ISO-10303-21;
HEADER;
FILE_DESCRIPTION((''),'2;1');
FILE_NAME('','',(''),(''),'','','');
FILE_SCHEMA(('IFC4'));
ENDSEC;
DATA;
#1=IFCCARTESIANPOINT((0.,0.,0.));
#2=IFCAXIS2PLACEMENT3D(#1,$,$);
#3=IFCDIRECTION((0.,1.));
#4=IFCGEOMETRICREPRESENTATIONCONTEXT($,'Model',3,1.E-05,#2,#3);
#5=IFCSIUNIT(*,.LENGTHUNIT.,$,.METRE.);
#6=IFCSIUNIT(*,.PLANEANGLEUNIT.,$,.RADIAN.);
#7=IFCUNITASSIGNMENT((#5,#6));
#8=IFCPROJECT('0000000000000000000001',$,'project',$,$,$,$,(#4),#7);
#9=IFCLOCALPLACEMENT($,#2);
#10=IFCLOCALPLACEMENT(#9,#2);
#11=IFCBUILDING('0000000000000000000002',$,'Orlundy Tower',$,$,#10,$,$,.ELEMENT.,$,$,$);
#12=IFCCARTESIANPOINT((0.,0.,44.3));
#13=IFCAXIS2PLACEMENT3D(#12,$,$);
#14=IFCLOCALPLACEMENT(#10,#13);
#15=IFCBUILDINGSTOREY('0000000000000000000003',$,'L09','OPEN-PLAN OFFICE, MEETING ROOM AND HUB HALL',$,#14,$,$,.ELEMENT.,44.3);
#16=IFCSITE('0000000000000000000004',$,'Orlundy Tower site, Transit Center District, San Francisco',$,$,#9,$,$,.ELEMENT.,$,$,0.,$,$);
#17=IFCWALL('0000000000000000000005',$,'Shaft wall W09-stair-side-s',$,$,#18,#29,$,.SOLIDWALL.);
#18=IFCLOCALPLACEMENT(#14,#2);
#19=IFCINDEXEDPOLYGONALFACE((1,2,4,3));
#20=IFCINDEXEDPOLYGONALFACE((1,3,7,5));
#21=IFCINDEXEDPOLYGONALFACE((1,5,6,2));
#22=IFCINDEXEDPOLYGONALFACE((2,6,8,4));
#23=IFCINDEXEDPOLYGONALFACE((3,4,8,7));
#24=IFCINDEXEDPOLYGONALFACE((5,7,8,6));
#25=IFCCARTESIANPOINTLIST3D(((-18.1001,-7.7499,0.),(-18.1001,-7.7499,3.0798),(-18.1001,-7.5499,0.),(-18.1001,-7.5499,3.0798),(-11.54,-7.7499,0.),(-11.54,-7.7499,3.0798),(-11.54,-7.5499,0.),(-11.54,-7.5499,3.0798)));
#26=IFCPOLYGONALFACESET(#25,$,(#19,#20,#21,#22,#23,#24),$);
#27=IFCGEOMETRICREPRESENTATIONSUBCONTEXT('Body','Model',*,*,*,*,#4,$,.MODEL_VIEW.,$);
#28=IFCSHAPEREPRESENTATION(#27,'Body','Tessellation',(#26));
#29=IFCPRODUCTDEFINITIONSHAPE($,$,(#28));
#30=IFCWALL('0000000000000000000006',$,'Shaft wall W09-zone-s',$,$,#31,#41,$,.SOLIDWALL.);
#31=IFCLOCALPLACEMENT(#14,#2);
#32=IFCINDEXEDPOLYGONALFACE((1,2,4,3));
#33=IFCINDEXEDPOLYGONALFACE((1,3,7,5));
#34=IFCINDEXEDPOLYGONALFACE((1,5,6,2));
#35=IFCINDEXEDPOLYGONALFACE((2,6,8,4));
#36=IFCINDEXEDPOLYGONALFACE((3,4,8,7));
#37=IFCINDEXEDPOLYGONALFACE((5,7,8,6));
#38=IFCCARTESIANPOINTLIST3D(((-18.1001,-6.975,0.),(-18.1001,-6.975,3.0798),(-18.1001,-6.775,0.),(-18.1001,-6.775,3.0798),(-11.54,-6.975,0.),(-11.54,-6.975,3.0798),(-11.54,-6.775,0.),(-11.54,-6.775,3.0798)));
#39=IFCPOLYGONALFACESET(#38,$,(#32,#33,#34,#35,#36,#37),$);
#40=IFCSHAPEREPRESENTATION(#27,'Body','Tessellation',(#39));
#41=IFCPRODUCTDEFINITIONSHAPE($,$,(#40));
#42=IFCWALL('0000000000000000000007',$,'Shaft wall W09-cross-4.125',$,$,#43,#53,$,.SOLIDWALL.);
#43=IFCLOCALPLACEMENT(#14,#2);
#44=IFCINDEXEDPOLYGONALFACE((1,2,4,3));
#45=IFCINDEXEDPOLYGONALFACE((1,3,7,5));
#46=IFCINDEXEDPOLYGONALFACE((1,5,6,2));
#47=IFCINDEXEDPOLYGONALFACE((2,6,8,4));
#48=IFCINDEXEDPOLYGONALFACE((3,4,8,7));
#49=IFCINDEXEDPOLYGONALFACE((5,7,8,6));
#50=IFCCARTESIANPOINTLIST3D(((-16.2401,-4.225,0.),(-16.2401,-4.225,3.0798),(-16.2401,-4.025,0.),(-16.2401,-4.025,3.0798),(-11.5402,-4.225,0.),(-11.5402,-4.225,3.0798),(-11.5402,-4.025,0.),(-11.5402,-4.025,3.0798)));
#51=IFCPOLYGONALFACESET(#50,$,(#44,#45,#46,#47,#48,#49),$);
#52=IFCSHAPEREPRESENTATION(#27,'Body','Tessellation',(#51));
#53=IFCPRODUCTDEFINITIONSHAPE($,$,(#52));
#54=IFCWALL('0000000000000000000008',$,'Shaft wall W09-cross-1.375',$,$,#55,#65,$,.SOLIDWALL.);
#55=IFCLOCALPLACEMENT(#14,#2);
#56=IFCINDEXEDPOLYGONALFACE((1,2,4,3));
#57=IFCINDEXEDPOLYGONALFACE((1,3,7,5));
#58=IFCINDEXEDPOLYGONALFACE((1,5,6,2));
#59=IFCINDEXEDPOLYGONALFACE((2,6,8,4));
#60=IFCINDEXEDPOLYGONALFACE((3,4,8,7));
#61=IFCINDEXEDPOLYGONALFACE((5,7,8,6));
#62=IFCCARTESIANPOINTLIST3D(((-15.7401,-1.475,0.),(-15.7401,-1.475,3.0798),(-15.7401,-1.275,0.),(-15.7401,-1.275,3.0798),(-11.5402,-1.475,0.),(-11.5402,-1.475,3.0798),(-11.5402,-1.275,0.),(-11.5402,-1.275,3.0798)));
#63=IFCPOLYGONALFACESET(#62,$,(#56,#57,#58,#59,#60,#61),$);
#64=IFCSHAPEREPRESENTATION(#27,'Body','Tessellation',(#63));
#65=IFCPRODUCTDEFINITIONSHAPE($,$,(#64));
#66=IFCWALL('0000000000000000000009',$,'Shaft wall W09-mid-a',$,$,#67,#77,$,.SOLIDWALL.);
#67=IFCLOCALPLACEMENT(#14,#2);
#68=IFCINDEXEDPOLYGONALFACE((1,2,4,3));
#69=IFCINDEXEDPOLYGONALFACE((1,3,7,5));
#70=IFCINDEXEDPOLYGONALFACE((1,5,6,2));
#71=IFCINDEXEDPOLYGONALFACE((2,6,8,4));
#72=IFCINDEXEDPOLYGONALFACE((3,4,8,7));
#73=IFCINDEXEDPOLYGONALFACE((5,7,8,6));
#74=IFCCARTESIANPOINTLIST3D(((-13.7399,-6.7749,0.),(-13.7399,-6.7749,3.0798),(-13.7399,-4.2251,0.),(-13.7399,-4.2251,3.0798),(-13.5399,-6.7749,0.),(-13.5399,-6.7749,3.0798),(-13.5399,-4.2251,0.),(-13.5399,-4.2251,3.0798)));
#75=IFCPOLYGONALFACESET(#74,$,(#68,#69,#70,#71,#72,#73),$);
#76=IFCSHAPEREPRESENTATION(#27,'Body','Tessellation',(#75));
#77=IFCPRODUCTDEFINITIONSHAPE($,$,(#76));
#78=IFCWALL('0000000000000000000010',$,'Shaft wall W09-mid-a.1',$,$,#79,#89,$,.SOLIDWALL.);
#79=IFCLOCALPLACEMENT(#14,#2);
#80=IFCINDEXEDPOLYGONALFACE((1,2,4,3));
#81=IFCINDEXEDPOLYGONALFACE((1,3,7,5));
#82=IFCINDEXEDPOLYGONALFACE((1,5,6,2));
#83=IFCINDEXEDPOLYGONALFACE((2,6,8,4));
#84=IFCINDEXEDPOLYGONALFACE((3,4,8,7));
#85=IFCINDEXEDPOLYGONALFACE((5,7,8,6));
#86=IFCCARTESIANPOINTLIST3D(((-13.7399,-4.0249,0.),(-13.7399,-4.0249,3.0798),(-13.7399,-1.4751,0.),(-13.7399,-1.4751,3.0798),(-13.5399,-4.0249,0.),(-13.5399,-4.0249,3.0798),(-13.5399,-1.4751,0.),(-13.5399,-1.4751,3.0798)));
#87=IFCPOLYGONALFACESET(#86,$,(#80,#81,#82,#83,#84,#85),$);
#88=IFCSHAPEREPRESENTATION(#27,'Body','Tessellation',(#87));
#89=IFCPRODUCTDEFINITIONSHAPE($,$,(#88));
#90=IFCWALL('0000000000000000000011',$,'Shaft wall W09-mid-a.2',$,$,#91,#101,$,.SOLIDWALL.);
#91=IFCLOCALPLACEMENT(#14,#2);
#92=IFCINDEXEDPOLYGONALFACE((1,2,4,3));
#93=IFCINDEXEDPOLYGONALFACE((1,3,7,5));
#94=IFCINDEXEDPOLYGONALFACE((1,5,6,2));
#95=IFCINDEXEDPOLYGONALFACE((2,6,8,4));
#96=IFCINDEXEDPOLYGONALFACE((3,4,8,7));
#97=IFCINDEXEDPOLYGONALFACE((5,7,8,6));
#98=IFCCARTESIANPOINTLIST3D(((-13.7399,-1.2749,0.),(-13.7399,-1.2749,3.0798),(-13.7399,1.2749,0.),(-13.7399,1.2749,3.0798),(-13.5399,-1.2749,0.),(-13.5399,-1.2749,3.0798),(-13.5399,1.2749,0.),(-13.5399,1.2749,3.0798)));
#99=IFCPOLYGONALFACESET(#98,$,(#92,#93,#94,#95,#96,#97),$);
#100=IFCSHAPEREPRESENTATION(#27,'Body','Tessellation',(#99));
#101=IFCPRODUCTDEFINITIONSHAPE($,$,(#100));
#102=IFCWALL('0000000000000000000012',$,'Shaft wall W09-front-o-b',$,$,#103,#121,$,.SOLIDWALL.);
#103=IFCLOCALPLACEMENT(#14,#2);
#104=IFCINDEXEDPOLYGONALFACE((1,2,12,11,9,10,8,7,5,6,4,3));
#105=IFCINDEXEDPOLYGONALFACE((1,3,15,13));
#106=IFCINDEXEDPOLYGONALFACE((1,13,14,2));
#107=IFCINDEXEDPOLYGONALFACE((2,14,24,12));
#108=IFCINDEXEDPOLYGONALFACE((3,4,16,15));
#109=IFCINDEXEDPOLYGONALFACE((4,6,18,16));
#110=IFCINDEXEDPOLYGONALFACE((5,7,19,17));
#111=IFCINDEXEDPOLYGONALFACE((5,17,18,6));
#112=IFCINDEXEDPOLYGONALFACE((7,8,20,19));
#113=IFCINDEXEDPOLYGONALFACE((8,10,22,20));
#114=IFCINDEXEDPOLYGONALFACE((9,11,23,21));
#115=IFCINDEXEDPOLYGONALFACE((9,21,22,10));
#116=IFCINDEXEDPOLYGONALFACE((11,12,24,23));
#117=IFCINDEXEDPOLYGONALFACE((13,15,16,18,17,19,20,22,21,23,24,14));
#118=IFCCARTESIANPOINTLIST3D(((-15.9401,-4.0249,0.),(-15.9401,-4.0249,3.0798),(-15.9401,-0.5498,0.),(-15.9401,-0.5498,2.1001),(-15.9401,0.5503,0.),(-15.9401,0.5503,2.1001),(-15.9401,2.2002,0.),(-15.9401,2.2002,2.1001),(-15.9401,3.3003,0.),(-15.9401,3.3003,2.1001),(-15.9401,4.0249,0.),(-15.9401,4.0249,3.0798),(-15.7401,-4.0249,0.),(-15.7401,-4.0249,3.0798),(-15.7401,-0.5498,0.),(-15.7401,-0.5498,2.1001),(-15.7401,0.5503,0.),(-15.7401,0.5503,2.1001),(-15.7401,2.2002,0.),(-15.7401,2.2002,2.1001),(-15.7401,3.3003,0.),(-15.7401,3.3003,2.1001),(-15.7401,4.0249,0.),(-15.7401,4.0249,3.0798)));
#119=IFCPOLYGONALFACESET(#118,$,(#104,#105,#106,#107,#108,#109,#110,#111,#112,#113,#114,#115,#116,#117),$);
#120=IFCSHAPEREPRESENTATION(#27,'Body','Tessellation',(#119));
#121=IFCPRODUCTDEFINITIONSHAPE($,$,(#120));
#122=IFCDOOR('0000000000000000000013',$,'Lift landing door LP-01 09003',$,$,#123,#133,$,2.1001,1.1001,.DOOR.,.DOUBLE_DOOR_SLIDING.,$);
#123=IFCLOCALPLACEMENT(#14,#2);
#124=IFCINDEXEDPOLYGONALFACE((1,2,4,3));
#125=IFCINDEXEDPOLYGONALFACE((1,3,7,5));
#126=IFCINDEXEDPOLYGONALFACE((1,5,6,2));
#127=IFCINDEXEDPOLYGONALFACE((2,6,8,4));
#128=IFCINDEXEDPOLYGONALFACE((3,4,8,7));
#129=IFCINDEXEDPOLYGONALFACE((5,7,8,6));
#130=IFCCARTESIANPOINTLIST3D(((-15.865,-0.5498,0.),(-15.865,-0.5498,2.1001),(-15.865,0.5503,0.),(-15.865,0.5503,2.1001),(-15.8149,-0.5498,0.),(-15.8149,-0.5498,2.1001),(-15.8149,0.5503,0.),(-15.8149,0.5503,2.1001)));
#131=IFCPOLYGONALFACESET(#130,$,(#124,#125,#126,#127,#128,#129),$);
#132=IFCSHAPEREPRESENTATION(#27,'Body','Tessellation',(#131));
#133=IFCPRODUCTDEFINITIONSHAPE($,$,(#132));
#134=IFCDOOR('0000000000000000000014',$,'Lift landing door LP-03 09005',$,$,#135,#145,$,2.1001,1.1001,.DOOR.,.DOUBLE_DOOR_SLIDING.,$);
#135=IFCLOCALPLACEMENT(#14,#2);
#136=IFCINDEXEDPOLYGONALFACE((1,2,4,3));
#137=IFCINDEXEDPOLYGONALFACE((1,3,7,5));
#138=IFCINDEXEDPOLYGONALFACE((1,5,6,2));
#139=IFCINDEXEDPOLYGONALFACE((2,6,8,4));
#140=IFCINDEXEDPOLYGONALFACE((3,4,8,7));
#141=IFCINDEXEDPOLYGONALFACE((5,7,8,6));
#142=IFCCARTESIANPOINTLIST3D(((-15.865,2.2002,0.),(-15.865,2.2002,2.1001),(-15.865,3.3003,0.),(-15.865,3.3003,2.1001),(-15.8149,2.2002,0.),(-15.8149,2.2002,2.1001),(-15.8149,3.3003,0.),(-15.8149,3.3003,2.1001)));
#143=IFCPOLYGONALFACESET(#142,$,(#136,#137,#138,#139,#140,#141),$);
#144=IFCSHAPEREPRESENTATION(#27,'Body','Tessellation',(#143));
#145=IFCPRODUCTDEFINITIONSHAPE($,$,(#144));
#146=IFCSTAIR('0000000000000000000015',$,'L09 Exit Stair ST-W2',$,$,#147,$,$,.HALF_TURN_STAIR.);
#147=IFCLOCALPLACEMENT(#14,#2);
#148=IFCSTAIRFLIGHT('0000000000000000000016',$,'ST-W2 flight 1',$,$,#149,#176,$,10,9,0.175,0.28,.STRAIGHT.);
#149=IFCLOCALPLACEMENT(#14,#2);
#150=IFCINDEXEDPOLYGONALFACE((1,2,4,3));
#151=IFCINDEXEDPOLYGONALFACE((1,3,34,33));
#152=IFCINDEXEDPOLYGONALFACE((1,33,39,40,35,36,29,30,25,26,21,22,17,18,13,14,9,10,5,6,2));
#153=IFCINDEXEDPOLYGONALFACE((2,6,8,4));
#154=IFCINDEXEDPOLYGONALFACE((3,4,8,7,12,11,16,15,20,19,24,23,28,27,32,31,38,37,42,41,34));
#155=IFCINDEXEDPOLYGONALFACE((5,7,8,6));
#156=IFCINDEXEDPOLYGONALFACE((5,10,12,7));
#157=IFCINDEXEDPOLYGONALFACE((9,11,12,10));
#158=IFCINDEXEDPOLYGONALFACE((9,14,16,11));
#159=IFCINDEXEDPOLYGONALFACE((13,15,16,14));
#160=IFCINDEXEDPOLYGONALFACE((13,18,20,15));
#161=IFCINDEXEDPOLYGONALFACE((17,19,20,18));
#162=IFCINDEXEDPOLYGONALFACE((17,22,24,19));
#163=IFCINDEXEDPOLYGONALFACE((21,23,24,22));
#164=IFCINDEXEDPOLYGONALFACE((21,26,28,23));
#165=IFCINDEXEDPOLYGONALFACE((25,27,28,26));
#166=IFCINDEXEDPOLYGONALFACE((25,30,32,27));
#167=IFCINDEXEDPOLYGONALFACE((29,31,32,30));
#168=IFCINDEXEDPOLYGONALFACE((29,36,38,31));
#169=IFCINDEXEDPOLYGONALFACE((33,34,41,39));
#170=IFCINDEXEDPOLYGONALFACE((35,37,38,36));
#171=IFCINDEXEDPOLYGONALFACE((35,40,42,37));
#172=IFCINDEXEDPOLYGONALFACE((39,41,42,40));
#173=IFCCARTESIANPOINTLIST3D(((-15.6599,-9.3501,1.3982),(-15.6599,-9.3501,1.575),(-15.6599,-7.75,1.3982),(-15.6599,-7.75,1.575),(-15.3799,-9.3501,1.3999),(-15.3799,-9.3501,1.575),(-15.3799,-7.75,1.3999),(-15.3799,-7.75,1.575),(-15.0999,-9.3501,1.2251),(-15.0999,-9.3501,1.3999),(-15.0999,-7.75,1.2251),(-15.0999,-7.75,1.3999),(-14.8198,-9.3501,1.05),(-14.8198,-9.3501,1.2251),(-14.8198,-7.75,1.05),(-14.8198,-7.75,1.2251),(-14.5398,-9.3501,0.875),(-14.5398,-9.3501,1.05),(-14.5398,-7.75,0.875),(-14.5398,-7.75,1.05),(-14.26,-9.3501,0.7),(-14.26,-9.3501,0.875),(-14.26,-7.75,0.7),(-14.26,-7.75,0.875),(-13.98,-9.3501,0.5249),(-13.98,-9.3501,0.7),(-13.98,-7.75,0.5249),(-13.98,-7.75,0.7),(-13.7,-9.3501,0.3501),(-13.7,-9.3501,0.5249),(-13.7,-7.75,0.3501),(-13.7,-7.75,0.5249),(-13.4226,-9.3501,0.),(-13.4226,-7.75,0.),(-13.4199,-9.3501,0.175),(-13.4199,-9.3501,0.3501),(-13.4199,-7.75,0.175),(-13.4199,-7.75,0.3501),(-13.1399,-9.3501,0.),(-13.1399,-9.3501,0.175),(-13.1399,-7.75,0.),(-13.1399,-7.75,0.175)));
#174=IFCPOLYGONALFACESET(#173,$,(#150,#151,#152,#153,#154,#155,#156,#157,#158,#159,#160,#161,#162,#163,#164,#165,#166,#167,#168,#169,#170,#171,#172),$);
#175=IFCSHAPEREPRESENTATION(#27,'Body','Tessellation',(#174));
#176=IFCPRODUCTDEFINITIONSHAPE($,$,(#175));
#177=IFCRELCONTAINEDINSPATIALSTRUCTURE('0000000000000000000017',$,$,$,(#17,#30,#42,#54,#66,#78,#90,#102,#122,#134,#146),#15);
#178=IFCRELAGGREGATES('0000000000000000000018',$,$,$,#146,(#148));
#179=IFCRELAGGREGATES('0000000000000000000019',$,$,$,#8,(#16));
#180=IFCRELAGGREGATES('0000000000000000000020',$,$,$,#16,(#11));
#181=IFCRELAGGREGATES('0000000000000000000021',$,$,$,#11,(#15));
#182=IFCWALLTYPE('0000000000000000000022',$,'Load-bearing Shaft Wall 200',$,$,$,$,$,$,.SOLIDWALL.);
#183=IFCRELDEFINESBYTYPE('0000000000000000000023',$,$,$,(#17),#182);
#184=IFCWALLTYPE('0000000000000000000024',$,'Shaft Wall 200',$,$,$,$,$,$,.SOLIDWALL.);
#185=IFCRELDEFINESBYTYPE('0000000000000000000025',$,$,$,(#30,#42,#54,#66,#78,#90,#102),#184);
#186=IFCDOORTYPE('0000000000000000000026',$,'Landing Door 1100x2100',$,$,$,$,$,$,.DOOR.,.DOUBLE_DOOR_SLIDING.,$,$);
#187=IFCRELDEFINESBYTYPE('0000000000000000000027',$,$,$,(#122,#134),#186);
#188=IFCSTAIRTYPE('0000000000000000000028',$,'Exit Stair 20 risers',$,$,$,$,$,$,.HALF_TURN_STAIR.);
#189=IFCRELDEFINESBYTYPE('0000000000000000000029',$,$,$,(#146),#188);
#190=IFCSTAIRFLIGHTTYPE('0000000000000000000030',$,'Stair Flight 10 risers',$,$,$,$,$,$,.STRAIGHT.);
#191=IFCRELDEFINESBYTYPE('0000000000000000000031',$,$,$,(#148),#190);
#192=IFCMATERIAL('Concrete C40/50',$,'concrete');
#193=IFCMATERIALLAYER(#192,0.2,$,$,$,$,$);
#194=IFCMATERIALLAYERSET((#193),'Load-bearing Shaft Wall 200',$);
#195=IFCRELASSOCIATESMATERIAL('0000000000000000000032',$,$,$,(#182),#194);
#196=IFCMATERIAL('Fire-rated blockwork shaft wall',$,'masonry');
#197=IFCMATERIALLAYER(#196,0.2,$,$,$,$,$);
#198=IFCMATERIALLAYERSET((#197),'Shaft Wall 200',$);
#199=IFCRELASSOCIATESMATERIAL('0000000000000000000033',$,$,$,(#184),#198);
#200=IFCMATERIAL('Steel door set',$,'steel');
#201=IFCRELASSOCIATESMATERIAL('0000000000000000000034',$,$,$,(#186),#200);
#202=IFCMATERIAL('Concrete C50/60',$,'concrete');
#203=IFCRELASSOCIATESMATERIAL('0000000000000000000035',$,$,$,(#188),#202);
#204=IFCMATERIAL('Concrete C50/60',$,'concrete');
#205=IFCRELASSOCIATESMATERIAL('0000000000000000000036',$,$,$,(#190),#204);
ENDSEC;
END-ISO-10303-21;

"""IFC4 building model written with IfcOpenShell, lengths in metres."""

from ifc_helpers import new_model, si_unit, direction, frame, frame_2d, origin, place, context, subcontext, project, spatial, polyline, rectangle, outline, extrude, material, layer, layer_set, type_object, element, fill, aggregate, save


model = new_model("IFC4")

# Units and contexts
model_context = context("Model", 3, precision=1e-05, world=origin(), true_north=direction((0.0, 1.0)))
body_context = subcontext(model_context, "Body", "Model", "MODEL_VIEW")
ifc_project = project(units=[si_unit("LENGTHUNIT", "METRE"), si_unit("PLANEANGLEUNIT", "RADIAN")], contexts=[model_context])

# Site, building, storey
site_placement = place(None, origin())
site = spatial("IfcSite", under=ifc_project, at=site_placement, Name="Orlundy Tower site, Transit Center District, San Francisco", CompositionType="ELEMENT", RefElevation=0.0)
building_placement = place(site_placement, origin())
building = spatial("IfcBuilding", under=site, at=building_placement, Name="Orlundy Tower", CompositionType="ELEMENT")
storey_placement = place(building_placement, frame((0.0, 0.0, 44.3)))
storey = spatial("IfcBuildingStorey", under=building, at=storey_placement, Name="L09", Description="OPEN-PLAN OFFICE, MEETING ROOM AND HUB HALL", CompositionType="ELEMENT", Elevation=44.3)

# Walls
ifc_material_1 = material(Name="Concrete C40/50", Category="concrete")
ifc_layer_1 = layer(ifc_material_1, 0.2)
ifc_layer_set_1 = layer_set([ifc_layer_1], Name="Load-bearing Shaft Wall 200")
wall_type_1 = type_object("IfcWallType", Name="Load-bearing Shaft Wall 200", PredefinedType="SOLIDWALL", material=ifc_layer_set_1)
wall_1_placement = place(storey_placement, frame((-11.54, -7.6499, 0.0), z_axis=(0.0, 0.0, 1.0), x_axis=(-1.0, 0.0, 0.0)))
element("IfcWall", 1, at=wall_1_placement, inside=storey, type_object=wall_type_1, Name="Shaft wall W09-stair-side-s", PredefinedType="SOLIDWALL", context=body_context, shape_type="SweptSolid", body=[
    extrude(rectangle(XDim=6.5601, YDim=0.2, at=frame_2d((3.28, 0.0))), origin(), (0.0, 0.0, 1.0), 3.0798),
])
ifc_material_2 = material(Name="Fire-rated blockwork shaft wall", Category="masonry")
ifc_layer_2 = layer(ifc_material_2, 0.2)
ifc_layer_set_2 = layer_set([ifc_layer_2], Name="Shaft Wall 200")
wall_type_2 = type_object("IfcWallType", Name="Shaft Wall 200", PredefinedType="SOLIDWALL", material=ifc_layer_set_2)
wall_2_placement = place(storey_placement, frame((-11.54, -6.875, 0.0), z_axis=(0.0, 0.0, 1.0), x_axis=(-1.0, 0.0, 0.0)))
element("IfcWall", 2, at=wall_2_placement, inside=storey, type_object=wall_type_2, Name="Shaft wall W09-zone-s", PredefinedType="SOLIDWALL", context=body_context, shape_type="SweptSolid", body=[
    extrude(rectangle(XDim=6.5601, YDim=0.2, at=frame_2d((3.28, 0.0))), origin(), (0.0, 0.0, 1.0), 3.0798),
])
wall_3_placement = place(storey_placement, frame((-11.54, -4.125, 0.0), z_axis=(0.0, 0.0, 1.0), x_axis=(-1.0, 0.0, 0.0)))
element("IfcWall", 3, at=wall_3_placement, inside=storey, type_object=wall_type_2, Name="Shaft wall W09-cross-4.125", PredefinedType="SOLIDWALL", context=body_context, shape_type="SweptSolid", body=[
    extrude(rectangle(XDim=4.7, YDim=0.2, at=frame_2d((2.3501, 0.0))), origin(), (0.0, 0.0, 1.0), 3.0798),
])
wall_4_placement = place(storey_placement, frame((-11.54, -1.375, 0.0), z_axis=(0.0, 0.0, 1.0), x_axis=(-1.0, 0.0, 0.0)))
element("IfcWall", 4, at=wall_4_placement, inside=storey, type_object=wall_type_2, Name="Shaft wall W09-cross-1.375", PredefinedType="SOLIDWALL", context=body_context, shape_type="SweptSolid", body=[
    extrude(rectangle(XDim=4.2, YDim=0.2, at=frame_2d((2.1001, 0.0))), origin(), (0.0, 0.0, 1.0), 3.0798),
])
for number, where, z_axis, x_axis, name in (
    (5, (-13.6399, -6.7749, 0.0), (0.0, 0.0, 1.0), (0.0, 1.0, 0.0), "Shaft wall W09-mid-a"),
    (6, (-13.6399, -4.0249, 0.0), (0.0, 0.0, 1.0), (0.0, 1.0, 0.0), "Shaft wall W09-mid-a.1"),
    (7, (-13.6399, -1.2749, 0.0), (0.0, 0.0, 1.0), (0.0, 1.0, 0.0), "Shaft wall W09-mid-a.2"),
):
    element("IfcWall", number, at=place(storey_placement, frame(where, z_axis=z_axis, x_axis=x_axis)), inside=storey, type_object=wall_type_2, Name=name, PredefinedType="SOLIDWALL", context=body_context, shape_type="SweptSolid", body=[
        extrude(rectangle(XDim=2.5498, YDim=0.2, at=frame_2d((1.2749, 0.0))), origin(), (0.0, 0.0, 1.0), 3.0798),
    ])

# Wall, openings, doors
wall_5_placement = place(storey_placement, frame((-15.8401, -4.0249, 0.0), z_axis=(0.0, 0.0, 1.0), x_axis=(0.0, 1.0, 0.0)))
wall_5 = element("IfcWall", 8, at=wall_5_placement, inside=storey, type_object=wall_type_2, Name="Shaft wall W09-front-o-b", PredefinedType="SOLIDWALL", context=body_context, shape_type="SweptSolid", body=[
    extrude(rectangle(XDim=8.0498, YDim=0.2, at=frame_2d((4.0249, 0.0))), origin(), (0.0, 0.0, 1.0), 3.0798),
])
opening_1_placement = place(wall_5_placement, frame((3.4751, 0.0, 0.0)))
opening_1 = element("IfcOpeningElement", 9, at=opening_1_placement, cuts=wall_5, PredefinedType="OPENING", context=body_context, shape_type="SweptSolid", body=[
    extrude(rectangle(XDim=1.1001, YDim=2.1001, at=frame_2d((0.55, 1.05))), frame((0.0, 0.1101, 0.0), z_axis=(0.0, -1.0, 0.0), x_axis=(1.0, 0.0, 0.0)), (0.0, 0.0, 1.0), 0.2202),
])
opening_2_placement = place(wall_5_placement, frame((6.2251, 0.0, 0.0)))
opening_2 = element("IfcOpeningElement", 10, at=opening_2_placement, cuts=wall_5, PredefinedType="OPENING", context=body_context, shape_type="SweptSolid", body=[
    extrude(rectangle(XDim=1.1001, YDim=2.1001, at=frame_2d((0.55, 1.05))), frame((0.0, 0.1101, 0.0), z_axis=(0.0, -1.0, 0.0), x_axis=(1.0, 0.0, 0.0)), (0.0, 0.0, 1.0), 0.2202),
])
ifc_material_3 = material(Name="Steel door set", Category="steel")
door_type = type_object("IfcDoorType", Name="Landing Door 1100x2100", OperationType="DOUBLE_DOOR_SLIDING", PredefinedType="DOOR", material=ifc_material_3)
door_1_placement = place(opening_1_placement, origin())
door_1 = element("IfcDoor", 11, at=door_1_placement, inside=storey, type_object=door_type, Name="Lift landing door LP-01 09003", OperationType="DOUBLE_DOOR_SLIDING", OverallHeight=2.1001, OverallWidth=1.1001, PredefinedType="DOOR", context=body_context, shape_type="SweptSolid", body=[
    extrude(rectangle(XDim=1.1001, YDim=2.1001, at=frame_2d((0.55, 1.05))), frame((0.0, 0.0249, 0.0), z_axis=(0.0, -1.0, 0.0), x_axis=(1.0, 0.0, 0.0)), (0.0, 0.0, 1.0), 0.05),
])
fill(opening_1, door_1)
door_2_placement = place(opening_2_placement, origin())
door_2 = element("IfcDoor", 12, at=door_2_placement, inside=storey, type_object=door_type, Name="Lift landing door LP-03 09005", OperationType="DOUBLE_DOOR_SLIDING", OverallHeight=2.1001, OverallWidth=1.1001, PredefinedType="DOOR", context=body_context, shape_type="SweptSolid", body=[
    extrude(rectangle(XDim=1.1001, YDim=2.1001, at=frame_2d((0.55, 1.05))), frame((0.0, 0.0249, 0.0), z_axis=(0.0, -1.0, 0.0), x_axis=(1.0, 0.0, 0.0)), (0.0, 0.0, 1.0), 0.05),
])
fill(opening_2, door_2)

# Stair, stair flight
ifc_material_4 = material(Name="Concrete C50/60", Category="concrete")
stair_type = type_object("IfcStairType", Name="Exit Stair 20 risers", PredefinedType="HALF_TURN_STAIR", material=ifc_material_4)
stair_placement = place(storey_placement, origin())
stair = element("IfcStair", 13, at=stair_placement, inside=storey, type_object=stair_type, Name="L09 Exit Stair ST-W2", PredefinedType="HALF_TURN_STAIR")
ifc_material_5 = material(Name="Concrete C50/60", Category="concrete")
stair_flight_type = type_object("IfcStairFlightType", Name="Stair Flight 10 risers", PredefinedType="STRAIGHT", material=ifc_material_5)
stair_flight_1_placement = place(storey_placement, frame((-13.1399, -8.55, 0.0), z_axis=(0.0, 0.0, 1.0), x_axis=(-1.0, 0.0, 0.0)))
stair_flight_1 = element("IfcStairFlight", 14, at=stair_flight_1_placement, type_object=stair_flight_type, Name="ST-W2 flight 1", NumberOfRisers=10, NumberOfTreads=9, PredefinedType="STRAIGHT", RiserHeight=0.175, TreadLength=0.28, context=body_context, shape_type="SweptSolid", body=[
    extrude(outline(polyline([(0.0, 0.0), (0.0, 0.175), (0.28, 0.175), (0.28, 0.3501), (0.5601, 0.3501), (0.5601, 0.5249), (0.8401, 0.5249), (0.8401, 0.7), (1.1201, 0.7), (1.1201, 0.875), (1.3999, 0.875), (1.3999, 1.05), (1.6799, 1.05), (1.6799, 1.2251), (1.96, 1.2251), (1.96, 1.3999), (2.24, 1.3999), (2.24, 1.575), (2.52, 1.575), (2.52, 1.75), (2.52, 1.3982), (0.2827, 0.0), (0.0, 0.0)])), frame((0.0, 0.8, 0.0), z_axis=(0.0, -1.0, 0.0), x_axis=(1.0, 0.0, 0.0)), (0.0, 0.0, 1.0), 1.6001),
])
aggregate(stair, [stair_flight_1])

save(model, "model.ifc")
